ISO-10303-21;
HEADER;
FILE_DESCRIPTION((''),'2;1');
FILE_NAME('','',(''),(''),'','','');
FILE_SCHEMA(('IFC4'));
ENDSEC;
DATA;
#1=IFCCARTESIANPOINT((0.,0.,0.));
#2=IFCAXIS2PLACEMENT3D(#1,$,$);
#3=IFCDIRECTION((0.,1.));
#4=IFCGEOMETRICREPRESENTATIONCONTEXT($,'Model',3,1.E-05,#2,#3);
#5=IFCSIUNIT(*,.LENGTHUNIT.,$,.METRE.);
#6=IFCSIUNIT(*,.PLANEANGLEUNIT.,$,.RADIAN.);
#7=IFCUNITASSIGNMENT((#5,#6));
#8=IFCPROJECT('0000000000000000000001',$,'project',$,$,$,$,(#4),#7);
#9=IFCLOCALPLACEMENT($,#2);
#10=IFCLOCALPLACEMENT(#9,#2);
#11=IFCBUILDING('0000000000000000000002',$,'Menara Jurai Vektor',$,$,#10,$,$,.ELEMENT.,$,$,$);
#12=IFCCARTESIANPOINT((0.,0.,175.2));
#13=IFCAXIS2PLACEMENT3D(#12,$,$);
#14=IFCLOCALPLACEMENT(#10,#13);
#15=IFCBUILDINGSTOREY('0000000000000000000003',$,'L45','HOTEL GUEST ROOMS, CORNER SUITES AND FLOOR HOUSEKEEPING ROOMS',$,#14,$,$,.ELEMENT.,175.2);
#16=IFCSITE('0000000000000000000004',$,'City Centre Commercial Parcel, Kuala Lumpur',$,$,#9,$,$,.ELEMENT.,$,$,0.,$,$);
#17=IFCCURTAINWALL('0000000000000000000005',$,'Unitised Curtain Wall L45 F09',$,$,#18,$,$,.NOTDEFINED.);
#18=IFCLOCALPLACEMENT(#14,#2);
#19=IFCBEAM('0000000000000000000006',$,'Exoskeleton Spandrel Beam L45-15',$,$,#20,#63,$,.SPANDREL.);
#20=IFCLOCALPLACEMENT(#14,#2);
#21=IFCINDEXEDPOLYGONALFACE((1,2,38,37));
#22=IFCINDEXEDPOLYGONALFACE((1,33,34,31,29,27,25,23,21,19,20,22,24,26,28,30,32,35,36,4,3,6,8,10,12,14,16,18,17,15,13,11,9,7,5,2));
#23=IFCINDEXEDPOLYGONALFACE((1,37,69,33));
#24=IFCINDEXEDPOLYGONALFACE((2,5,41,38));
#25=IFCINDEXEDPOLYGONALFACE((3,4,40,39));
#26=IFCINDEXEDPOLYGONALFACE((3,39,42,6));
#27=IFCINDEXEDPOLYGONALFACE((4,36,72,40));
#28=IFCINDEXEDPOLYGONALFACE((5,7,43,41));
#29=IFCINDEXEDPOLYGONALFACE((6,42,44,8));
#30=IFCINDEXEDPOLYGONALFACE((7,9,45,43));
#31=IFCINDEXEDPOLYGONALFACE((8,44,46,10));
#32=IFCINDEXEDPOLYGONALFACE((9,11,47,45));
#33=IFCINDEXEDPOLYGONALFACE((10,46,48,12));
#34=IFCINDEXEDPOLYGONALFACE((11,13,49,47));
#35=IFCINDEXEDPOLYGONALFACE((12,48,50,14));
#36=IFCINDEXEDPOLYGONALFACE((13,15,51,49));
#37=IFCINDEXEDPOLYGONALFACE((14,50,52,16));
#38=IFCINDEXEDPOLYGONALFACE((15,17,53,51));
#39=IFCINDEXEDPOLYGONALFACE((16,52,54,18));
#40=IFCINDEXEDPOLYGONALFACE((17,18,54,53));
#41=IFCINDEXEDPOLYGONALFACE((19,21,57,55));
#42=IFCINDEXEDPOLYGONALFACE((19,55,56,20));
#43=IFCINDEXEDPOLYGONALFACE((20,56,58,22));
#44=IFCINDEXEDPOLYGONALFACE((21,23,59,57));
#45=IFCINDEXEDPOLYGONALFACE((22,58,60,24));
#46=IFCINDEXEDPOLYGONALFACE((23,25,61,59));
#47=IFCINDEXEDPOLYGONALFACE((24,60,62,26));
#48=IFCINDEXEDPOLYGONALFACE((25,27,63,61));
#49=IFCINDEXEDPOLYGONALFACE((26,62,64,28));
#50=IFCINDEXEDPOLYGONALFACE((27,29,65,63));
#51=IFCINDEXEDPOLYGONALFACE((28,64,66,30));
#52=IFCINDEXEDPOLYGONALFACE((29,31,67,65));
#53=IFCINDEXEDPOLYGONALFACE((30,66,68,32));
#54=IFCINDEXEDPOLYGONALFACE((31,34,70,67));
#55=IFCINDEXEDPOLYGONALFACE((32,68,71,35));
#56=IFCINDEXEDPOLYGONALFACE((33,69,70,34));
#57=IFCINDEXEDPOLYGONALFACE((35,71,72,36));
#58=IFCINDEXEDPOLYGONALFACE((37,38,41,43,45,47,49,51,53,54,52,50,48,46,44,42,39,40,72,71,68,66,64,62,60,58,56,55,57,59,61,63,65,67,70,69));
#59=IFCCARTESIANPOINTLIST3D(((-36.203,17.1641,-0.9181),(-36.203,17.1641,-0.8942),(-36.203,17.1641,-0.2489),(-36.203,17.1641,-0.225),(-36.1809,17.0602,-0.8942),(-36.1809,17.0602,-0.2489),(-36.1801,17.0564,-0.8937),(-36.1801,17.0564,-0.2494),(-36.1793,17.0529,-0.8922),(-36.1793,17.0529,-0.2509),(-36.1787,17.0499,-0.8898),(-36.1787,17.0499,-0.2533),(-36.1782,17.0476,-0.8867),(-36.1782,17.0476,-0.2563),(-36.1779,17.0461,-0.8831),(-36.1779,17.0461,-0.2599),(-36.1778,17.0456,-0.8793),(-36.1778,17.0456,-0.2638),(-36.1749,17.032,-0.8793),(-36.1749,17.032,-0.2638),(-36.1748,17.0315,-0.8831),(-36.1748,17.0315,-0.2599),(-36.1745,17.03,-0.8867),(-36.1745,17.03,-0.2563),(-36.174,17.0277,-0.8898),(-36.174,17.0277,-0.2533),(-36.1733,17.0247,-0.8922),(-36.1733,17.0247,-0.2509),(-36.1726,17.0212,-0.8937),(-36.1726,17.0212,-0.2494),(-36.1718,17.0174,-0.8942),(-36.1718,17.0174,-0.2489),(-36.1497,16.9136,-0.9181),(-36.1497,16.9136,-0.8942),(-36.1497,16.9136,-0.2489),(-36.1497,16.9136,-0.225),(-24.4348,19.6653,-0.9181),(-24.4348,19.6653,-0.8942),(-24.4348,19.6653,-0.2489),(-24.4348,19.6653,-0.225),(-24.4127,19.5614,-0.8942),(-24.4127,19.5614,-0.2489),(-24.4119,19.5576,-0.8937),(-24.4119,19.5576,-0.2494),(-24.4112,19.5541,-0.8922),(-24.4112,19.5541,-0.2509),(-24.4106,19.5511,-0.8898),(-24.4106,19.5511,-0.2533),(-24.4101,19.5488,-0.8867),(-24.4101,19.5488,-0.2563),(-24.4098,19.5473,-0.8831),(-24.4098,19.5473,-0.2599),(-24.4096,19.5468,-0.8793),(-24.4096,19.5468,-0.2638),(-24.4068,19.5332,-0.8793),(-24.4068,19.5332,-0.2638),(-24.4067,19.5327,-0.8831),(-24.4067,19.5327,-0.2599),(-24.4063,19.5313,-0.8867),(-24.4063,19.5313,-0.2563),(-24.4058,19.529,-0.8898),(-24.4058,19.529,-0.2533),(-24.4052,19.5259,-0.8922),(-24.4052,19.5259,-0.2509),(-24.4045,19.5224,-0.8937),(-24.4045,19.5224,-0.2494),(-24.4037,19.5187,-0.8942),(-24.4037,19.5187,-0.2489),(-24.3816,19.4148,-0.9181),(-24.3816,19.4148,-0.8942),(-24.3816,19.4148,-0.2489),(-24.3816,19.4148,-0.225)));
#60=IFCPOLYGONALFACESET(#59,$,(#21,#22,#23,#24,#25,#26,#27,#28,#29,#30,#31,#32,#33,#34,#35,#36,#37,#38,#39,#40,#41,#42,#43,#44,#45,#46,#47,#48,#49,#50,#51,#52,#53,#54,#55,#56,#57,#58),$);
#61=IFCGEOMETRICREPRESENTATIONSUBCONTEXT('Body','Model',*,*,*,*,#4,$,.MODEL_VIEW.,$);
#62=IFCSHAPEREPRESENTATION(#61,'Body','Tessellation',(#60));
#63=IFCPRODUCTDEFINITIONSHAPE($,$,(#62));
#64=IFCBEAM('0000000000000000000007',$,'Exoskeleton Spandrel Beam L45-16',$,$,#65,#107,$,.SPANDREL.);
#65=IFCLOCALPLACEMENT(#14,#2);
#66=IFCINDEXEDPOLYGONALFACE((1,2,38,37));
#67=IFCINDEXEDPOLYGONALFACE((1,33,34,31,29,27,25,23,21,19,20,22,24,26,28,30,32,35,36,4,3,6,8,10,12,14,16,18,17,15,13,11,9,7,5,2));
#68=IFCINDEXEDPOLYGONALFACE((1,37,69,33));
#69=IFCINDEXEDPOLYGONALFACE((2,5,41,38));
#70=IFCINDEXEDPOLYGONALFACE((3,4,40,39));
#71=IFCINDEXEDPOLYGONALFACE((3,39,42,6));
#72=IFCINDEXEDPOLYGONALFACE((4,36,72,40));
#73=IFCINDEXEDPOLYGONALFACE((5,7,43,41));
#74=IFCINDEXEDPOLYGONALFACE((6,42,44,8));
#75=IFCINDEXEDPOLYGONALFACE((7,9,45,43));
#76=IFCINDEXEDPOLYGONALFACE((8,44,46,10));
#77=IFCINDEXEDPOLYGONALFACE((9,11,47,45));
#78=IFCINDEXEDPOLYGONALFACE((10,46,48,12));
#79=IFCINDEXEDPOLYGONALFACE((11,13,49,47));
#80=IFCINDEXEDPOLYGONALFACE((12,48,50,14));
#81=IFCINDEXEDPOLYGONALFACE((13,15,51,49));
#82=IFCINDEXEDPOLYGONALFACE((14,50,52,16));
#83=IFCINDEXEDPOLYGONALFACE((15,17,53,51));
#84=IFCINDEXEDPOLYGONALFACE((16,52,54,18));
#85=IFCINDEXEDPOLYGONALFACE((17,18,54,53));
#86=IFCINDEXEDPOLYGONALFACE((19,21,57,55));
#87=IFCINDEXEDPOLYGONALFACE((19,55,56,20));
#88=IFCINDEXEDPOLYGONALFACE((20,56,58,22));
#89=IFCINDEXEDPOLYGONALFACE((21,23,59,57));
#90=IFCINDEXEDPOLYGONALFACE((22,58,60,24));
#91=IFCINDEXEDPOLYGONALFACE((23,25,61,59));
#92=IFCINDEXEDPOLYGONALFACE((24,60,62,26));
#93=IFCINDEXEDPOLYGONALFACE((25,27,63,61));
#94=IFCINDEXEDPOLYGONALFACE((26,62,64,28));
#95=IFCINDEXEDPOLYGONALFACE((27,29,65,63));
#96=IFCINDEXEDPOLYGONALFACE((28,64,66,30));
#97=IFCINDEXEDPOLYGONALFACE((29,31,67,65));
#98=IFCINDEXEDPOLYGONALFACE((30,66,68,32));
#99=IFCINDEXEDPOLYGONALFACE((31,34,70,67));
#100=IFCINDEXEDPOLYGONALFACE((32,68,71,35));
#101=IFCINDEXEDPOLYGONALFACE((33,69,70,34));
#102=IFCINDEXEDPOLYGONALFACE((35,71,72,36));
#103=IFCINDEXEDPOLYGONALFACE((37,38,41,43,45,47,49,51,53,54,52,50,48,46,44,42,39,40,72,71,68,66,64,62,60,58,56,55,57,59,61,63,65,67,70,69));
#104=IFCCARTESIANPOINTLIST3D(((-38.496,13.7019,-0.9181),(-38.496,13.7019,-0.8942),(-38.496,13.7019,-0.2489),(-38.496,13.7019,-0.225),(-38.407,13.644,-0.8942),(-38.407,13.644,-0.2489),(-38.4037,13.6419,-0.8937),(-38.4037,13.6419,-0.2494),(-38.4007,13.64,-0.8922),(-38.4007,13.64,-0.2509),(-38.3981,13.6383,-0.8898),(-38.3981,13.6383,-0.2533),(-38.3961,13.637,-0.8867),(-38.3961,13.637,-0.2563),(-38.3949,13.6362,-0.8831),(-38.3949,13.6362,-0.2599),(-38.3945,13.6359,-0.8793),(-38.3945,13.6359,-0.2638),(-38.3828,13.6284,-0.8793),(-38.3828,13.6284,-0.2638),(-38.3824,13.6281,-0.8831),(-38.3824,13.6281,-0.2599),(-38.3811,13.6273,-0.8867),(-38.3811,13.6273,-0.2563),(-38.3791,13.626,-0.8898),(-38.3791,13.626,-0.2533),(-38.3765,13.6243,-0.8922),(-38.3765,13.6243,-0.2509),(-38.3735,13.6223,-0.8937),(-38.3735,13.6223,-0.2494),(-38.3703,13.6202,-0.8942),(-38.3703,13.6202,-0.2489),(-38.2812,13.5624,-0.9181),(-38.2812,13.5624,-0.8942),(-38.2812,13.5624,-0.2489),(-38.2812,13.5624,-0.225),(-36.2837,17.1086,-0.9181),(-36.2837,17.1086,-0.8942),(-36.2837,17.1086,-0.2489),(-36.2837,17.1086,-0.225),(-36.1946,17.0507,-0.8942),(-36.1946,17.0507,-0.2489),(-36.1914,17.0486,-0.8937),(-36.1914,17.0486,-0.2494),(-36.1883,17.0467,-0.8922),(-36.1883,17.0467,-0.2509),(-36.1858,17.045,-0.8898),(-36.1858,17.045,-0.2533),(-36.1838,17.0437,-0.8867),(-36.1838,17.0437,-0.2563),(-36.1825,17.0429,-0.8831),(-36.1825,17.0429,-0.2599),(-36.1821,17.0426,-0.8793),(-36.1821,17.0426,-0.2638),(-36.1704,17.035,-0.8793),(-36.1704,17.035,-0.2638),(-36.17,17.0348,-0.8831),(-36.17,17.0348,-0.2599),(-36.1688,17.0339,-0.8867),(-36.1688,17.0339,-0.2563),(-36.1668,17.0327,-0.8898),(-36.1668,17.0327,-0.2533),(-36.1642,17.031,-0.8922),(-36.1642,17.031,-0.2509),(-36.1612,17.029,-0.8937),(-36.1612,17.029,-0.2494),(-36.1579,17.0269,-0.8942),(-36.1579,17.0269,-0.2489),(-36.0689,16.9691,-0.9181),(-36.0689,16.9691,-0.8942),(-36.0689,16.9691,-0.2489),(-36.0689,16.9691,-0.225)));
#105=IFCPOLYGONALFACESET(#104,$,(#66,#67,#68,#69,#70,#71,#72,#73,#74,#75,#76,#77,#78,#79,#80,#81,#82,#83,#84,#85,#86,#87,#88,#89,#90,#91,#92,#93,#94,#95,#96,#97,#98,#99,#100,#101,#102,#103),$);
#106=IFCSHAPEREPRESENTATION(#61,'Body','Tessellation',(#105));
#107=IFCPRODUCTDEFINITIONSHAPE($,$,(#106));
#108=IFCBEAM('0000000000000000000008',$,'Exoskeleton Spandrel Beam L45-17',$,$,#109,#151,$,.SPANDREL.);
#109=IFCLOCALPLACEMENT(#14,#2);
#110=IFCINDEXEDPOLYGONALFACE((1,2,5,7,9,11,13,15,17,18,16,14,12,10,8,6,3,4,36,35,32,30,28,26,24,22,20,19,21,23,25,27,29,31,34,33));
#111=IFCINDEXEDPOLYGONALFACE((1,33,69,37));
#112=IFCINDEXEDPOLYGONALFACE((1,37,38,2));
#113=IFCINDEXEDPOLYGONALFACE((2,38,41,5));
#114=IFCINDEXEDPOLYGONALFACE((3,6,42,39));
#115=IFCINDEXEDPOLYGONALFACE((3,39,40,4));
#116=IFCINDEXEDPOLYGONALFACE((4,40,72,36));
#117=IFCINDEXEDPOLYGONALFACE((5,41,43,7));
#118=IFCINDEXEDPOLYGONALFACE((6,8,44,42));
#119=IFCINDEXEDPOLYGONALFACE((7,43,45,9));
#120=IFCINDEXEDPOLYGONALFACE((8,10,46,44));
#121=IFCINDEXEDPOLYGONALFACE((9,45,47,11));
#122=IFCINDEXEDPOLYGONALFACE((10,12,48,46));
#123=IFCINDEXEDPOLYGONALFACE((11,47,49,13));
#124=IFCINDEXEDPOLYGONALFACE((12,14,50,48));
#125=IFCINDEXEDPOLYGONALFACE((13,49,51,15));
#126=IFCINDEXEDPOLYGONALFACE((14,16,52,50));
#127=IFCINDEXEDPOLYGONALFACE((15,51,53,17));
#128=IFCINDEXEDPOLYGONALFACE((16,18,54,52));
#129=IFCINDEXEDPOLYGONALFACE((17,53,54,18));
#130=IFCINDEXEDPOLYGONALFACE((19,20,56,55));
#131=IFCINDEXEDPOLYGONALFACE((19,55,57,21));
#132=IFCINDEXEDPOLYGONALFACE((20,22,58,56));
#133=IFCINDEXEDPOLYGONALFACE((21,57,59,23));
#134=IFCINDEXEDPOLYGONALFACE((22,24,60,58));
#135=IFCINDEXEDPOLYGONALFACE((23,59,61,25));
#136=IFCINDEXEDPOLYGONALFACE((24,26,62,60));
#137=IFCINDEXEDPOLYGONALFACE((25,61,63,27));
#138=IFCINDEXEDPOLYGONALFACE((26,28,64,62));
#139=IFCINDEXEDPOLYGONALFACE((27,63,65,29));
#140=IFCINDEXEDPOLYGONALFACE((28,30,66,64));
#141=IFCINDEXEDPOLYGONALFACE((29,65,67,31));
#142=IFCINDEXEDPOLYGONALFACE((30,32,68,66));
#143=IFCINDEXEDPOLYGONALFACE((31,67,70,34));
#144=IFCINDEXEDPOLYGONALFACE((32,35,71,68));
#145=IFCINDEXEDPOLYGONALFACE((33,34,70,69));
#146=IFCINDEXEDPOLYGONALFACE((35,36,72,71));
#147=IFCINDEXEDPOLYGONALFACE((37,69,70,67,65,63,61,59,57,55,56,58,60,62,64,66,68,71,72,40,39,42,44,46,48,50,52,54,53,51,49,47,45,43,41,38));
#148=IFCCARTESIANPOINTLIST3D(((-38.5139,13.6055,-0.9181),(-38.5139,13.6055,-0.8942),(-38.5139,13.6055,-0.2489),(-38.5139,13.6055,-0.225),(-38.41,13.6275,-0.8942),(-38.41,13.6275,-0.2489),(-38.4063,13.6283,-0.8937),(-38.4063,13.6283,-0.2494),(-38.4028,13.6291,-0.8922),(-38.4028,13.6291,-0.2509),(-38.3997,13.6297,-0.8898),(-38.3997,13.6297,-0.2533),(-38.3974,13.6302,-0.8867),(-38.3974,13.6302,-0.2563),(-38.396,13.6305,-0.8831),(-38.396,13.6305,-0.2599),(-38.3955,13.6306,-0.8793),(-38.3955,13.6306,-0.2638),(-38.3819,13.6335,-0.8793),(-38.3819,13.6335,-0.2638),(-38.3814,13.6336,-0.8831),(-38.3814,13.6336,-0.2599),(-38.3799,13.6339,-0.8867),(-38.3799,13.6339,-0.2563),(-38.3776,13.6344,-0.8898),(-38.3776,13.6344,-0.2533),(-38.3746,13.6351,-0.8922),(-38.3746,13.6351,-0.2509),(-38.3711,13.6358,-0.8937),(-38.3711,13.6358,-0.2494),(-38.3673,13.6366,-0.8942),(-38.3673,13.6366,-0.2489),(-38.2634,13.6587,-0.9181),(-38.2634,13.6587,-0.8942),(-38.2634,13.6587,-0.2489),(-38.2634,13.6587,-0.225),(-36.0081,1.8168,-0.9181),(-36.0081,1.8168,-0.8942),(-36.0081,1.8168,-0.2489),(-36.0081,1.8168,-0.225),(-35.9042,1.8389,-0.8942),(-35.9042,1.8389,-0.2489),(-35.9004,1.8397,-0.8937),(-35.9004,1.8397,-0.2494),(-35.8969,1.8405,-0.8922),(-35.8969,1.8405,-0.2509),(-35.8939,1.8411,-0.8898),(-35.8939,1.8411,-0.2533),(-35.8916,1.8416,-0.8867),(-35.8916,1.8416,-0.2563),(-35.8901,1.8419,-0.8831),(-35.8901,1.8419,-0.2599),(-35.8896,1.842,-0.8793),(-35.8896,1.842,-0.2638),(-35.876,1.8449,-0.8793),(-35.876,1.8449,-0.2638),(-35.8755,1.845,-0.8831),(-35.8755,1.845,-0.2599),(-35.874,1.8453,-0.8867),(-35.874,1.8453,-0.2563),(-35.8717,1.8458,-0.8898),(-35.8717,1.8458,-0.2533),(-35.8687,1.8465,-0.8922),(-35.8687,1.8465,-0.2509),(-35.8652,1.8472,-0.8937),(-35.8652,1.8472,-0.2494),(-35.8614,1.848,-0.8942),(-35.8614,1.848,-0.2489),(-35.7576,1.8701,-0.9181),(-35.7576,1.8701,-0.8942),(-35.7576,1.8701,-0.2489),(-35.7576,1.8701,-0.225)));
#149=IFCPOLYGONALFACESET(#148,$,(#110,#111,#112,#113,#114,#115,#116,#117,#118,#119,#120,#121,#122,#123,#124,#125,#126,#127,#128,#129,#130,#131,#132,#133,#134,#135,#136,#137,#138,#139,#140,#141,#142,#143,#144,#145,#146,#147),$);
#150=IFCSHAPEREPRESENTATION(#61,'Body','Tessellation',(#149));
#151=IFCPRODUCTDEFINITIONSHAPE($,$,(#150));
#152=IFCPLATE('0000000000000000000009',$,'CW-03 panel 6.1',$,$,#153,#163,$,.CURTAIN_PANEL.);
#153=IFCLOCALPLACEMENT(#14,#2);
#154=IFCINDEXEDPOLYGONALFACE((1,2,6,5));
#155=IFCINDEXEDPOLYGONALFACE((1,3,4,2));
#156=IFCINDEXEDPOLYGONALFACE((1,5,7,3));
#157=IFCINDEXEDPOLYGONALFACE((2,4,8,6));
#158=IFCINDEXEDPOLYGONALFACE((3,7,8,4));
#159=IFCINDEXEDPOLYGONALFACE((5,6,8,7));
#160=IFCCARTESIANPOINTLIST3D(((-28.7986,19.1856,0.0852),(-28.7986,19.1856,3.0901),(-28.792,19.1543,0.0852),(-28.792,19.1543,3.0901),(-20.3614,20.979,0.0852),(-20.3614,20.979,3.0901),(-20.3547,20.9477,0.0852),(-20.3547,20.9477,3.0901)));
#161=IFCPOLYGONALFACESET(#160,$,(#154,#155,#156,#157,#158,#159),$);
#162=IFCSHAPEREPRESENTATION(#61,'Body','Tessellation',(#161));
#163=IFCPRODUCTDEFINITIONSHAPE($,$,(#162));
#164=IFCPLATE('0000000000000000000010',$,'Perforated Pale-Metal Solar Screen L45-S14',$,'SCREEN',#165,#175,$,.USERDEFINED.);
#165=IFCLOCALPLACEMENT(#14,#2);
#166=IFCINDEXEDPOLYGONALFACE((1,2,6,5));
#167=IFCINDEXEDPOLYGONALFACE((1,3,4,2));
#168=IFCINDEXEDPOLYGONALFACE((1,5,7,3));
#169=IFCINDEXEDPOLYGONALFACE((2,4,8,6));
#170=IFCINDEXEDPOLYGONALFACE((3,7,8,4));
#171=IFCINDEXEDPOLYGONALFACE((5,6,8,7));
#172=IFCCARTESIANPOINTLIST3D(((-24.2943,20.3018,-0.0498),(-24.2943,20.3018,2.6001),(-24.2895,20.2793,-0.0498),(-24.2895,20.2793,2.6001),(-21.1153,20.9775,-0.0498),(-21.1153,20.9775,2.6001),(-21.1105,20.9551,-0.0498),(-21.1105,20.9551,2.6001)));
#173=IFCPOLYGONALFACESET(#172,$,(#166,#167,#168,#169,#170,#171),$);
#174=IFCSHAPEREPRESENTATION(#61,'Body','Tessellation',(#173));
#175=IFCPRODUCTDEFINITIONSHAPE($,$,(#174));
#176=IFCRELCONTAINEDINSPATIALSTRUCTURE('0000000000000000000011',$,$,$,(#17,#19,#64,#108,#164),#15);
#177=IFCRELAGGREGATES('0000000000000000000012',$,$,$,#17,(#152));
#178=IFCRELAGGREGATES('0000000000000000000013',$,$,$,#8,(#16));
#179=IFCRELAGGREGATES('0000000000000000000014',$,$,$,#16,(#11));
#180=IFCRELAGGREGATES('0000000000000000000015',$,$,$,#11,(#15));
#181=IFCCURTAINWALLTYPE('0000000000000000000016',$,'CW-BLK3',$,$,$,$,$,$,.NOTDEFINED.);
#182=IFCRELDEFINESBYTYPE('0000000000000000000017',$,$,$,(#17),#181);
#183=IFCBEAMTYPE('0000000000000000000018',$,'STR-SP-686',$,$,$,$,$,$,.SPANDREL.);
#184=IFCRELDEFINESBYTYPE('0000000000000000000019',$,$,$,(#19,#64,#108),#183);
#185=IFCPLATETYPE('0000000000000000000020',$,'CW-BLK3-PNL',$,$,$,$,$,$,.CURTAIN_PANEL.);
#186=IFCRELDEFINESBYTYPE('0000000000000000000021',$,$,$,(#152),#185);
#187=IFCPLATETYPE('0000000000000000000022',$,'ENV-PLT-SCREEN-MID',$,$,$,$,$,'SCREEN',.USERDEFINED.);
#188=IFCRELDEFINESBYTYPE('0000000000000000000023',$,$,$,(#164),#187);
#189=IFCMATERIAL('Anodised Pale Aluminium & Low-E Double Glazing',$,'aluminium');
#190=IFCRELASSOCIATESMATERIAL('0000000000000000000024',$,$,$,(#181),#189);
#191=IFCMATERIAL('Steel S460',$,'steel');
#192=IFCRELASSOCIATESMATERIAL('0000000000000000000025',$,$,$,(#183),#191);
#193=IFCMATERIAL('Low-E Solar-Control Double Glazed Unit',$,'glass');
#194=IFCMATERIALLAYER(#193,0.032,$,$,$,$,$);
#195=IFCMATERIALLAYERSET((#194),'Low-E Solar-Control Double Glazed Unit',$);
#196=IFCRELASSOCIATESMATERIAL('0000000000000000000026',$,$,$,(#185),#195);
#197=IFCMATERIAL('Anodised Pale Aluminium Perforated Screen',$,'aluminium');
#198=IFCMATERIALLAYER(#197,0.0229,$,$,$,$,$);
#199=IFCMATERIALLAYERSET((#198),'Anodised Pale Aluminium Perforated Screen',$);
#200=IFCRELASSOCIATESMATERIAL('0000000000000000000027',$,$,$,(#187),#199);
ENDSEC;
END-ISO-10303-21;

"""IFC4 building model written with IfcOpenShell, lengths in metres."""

from ifc_helpers import new_model, si_unit, direction, frame, origin, origin_2d, place, context, subcontext, project, spatial, rectangle, i_section, extrude, material, layer, layer_set, material_profile, profile_set, type_object, element, aggregate, save


model = new_model("IFC4")

# Units and contexts
model_context = context("Model", 3, precision=1e-05, world=origin(), true_north=direction((0.0, 1.0)))
body_context = subcontext(model_context, "Body", "Model", "MODEL_VIEW")
ifc_project = project(units=[si_unit("LENGTHUNIT", "METRE"), si_unit("PLANEANGLEUNIT", "RADIAN")], contexts=[model_context])

# Site, building, storey
site_placement = place(None, origin())
site = spatial("IfcSite", under=ifc_project, at=site_placement, Name="City Centre Commercial Parcel, Kuala Lumpur", CompositionType="ELEMENT", RefElevation=0.0)
building_placement = place(site_placement, origin())
building = spatial("IfcBuilding", under=site, at=building_placement, Name="Menara Jurai Vektor", CompositionType="ELEMENT")
storey_placement = place(building_placement, frame((0.0, 0.0, 175.2)))
storey = spatial("IfcBuildingStorey", under=building, at=storey_placement, Name="L45", Description="HOTEL GUEST ROOMS, CORNER SUITES AND FLOOR HOUSEKEEPING ROOMS", CompositionType="ELEMENT", Elevation=175.2)

# Shared definitions
ifc_material_1 = material(Name="Steel S460", Category="steel")

# Curtain wall
ifc_material_2 = material(Name="Anodised Pale Aluminium & Low-E Double Glazing", Category="aluminium")
curtain_wall_type = type_object("IfcCurtainWallType", Name="CW-BLK3", PredefinedType="NOTDEFINED", material=ifc_material_2)
curtain_wall_placement = place(storey_placement, origin())
curtain_wall = element("IfcCurtainWall", 1, at=curtain_wall_placement, inside=storey, type_object=curtain_wall_type, Name="Unitised Curtain Wall L45 F09", PredefinedType="NOTDEFINED")

# Beams
ifc_material_profile_1 = material_profile(ifc_material_1, i_section(OverallWidth=0.2561, OverallDepth=0.6931, WebThickness=0.0139, FlangeThickness=0.0239, FilletRadius=0.0149, at=origin_2d()), Name="UKB 686x254x170")
ifc_profile_set_1 = profile_set([ifc_material_profile_1], Name="Steel S460")
beam_type_1 = type_object("IfcBeamType", Name="STR-SP-686", PredefinedType="SPANDREL", material=ifc_profile_set_1)
beam_1_placement = place(storey_placement, frame((-24.4082, 19.54, -0.5715), z_axis=(-0.97815, -0.207899, 0.0), x_axis=(0.207899, -0.97815, 0.0)))
element("IfcBeam", 2, at=beam_1_placement, inside=storey, type_object=beam_type_1, Name="Exoskeleton Spandrel Beam L45-15", PredefinedType="SPANDREL", context=body_context, shape_type="SweptSolid", body=[
    extrude(i_section(OverallWidth=0.2561, OverallDepth=0.6931, WebThickness=0.0139, FlangeThickness=0.0239, FilletRadius=0.0149, at=origin_2d()), origin(), (0.0, 0.0, 1.0), 12.031),
])
beam_2_placement = place(storey_placement, frame((-36.1763, 17.0388, -0.5715), z_axis=(-0.544646, -0.838666, 0.0), x_axis=(0.838666, -0.544646, 0.0)))
element("IfcBeam", 3, at=beam_2_placement, inside=storey, type_object=beam_type_1, Name="Exoskeleton Spandrel Beam L45-16", PredefinedType="SPANDREL", context=body_context, shape_type="SweptSolid", body=[
    extrude(i_section(OverallWidth=0.2561, OverallDepth=0.6931, WebThickness=0.0139, FlangeThickness=0.0239, FilletRadius=0.0149, at=origin_2d()), origin(), (0.0, 0.0, 1.0), 4.062),
])
beam_3_placement = place(storey_placement, frame((-38.3887, 13.6321, -0.5715), z_axis=(0.207921, -0.978146, 0.0), x_axis=(0.978146, 0.207921, 0.0)))
element("IfcBeam", 4, at=beam_3_placement, inside=storey, type_object=beam_type_1, Name="Exoskeleton Spandrel Beam L45-17", PredefinedType="SPANDREL", context=body_context, shape_type="SweptSolid", body=[
    extrude(i_section(OverallWidth=0.2561, OverallDepth=0.6931, WebThickness=0.0139, FlangeThickness=0.0239, FilletRadius=0.0149, at=origin_2d()), origin(), (0.0, 0.0, 1.0), 12.052),
])

# Plates
ifc_material_3 = material(Name="Low-E Solar-Control Double Glazed Unit", Category="glass")
ifc_layer_1 = layer(ifc_material_3, 0.032)
ifc_layer_set_1 = layer_set([ifc_layer_1], Name="Low-E Solar-Control Double Glazed Unit")
plate_type_1 = type_object("IfcPlateType", Name="CW-BLK3-PNL", PredefinedType="CURTAIN_PANEL", material=ifc_layer_set_1)
plate_1_placement = place(storey_placement, frame((-24.5767, 20.0667, 0.0852), z_axis=(0.0, 0.0, 1.0), x_axis=(-0.978148, -0.207911, 0.0)))
plate_1 = element("IfcPlate", 5, at=plate_1_placement, type_object=plate_type_1, Name="CW-03 panel 6.1", PredefinedType="CURTAIN_PANEL", context=body_context, shape_type="SweptSolid", body=[
    extrude(rectangle(XDim=8.6257, YDim=0.032, at=origin_2d()), origin(), (0.0, 0.0, 1.0), 3.0049),
])
aggregate(curtain_wall, [plate_1])
ifc_material_4 = material(Name="Anodised Pale Aluminium Perforated Screen", Category="aluminium")
ifc_layer_2 = layer(ifc_material_4, 0.0229)
ifc_layer_set_2 = layer_set([ifc_layer_2], Name="Anodised Pale Aluminium Perforated Screen")
plate_type_2 = type_object("IfcPlateType", Name="ENV-PLT-SCREEN-MID", ElementType="SCREEN", PredefinedType="USERDEFINED", material=ifc_layer_set_2)
plate_2_placement = place(storey_placement, frame((-22.7024, 20.6284, -0.0498), z_axis=(0.0, 0.0, 1.0), x_axis=(-0.978148, -0.207912, 0.0)))
element("IfcPlate", 6, at=plate_2_placement, inside=storey, type_object=plate_type_2, Name="Perforated Pale-Metal Solar Screen L45-S14", ObjectType="SCREEN", PredefinedType="USERDEFINED", context=body_context, shape_type="SweptSolid", body=[
    extrude(rectangle(XDim=3.25, YDim=0.0229, at=origin_2d()), origin(), (0.0, 0.0, 1.0), 2.6499),
])

save(model, "model.ifc")
